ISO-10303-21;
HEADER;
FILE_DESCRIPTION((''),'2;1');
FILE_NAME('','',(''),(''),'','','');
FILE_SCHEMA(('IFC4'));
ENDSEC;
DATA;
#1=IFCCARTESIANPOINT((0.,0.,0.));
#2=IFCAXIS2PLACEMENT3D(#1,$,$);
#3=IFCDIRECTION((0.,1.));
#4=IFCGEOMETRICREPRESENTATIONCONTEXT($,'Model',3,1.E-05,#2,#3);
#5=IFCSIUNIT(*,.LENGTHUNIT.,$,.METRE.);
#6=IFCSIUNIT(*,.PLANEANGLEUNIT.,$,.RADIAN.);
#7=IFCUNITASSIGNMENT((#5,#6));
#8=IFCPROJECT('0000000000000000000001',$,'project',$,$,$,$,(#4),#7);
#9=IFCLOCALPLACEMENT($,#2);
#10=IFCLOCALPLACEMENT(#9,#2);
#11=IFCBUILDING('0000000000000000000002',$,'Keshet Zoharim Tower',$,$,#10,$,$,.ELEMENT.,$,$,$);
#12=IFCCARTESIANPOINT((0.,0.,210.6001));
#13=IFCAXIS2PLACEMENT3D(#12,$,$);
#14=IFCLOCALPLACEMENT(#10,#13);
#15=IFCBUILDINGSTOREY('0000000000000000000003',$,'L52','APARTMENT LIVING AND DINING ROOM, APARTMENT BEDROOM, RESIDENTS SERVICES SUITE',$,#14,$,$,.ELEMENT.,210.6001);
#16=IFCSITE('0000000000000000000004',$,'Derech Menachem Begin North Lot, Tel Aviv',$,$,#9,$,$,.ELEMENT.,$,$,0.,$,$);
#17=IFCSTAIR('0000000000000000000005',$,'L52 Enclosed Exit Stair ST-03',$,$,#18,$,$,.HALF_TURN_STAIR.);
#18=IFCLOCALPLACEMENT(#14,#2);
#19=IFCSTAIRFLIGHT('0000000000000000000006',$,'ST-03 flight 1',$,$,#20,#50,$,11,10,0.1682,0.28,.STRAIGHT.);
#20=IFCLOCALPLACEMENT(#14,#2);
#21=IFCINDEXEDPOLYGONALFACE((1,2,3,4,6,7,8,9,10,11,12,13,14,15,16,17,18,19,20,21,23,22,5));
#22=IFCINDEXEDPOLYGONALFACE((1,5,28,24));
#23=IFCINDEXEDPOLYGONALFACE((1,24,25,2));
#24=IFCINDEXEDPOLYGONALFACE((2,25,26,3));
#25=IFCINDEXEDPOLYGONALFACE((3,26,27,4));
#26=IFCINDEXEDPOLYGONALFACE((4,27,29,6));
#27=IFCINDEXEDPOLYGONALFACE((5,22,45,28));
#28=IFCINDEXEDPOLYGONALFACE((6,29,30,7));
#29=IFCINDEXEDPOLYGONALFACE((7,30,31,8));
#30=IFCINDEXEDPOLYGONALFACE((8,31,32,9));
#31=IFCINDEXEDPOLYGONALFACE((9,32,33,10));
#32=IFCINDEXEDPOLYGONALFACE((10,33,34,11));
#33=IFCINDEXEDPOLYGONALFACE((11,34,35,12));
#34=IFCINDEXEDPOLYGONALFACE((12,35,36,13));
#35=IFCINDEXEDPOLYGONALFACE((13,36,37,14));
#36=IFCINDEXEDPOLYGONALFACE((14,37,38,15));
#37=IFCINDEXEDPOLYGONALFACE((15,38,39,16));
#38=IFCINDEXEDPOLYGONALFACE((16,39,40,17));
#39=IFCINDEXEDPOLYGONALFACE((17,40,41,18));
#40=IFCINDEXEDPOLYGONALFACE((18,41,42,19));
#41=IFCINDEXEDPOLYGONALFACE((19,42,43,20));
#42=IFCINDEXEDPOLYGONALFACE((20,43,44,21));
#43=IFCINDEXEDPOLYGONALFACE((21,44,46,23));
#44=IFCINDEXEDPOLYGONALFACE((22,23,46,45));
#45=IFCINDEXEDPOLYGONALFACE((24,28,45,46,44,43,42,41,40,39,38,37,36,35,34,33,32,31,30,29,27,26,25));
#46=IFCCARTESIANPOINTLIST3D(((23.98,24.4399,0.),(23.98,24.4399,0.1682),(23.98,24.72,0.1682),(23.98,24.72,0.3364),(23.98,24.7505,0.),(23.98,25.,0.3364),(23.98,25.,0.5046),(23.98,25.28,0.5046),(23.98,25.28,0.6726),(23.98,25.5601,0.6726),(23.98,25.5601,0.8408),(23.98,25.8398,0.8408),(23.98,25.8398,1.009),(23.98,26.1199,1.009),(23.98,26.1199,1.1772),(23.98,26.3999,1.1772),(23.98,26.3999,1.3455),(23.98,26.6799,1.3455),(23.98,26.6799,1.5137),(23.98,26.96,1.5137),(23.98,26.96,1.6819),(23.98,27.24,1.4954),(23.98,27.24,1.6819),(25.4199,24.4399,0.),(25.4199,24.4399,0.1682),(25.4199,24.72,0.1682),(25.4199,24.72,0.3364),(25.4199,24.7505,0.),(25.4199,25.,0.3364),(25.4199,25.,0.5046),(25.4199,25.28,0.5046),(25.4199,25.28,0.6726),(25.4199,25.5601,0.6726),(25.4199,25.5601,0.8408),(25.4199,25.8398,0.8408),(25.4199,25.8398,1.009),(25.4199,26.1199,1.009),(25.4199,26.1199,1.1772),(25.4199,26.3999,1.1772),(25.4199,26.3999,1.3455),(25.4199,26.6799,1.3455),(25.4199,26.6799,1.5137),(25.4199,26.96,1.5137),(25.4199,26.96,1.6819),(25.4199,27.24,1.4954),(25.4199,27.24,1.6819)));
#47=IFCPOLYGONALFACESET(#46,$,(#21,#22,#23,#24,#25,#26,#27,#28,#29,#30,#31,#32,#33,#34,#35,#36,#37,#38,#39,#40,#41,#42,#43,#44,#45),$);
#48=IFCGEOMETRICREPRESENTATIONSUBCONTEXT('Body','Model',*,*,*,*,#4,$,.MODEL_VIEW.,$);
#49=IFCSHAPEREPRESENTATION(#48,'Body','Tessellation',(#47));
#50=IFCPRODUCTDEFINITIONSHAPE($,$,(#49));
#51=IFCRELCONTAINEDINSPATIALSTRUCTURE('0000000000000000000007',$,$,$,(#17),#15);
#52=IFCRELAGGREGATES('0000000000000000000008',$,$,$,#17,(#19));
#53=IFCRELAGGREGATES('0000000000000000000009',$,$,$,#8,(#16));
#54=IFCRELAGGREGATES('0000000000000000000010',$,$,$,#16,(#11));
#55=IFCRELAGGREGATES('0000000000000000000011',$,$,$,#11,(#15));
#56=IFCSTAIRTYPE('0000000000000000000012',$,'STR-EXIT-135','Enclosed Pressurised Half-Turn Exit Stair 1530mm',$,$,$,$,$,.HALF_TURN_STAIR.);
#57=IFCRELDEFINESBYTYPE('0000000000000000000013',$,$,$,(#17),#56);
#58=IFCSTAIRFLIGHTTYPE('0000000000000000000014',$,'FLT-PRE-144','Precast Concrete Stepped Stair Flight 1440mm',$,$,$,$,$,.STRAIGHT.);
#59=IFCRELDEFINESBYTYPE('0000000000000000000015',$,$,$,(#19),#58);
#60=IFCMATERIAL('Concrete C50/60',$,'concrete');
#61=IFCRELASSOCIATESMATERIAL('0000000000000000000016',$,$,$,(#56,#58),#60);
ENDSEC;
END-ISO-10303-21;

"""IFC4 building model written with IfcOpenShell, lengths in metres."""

from ifc_helpers import new_model, si_unit, direction, frame, origin, place, context, subcontext, project, spatial, polyline, outline, extrude, material, type_object, element, aggregate, save


model = new_model("IFC4")

# Units and contexts
model_context = context("Model", 3, precision=1e-05, world=origin(), true_north=direction((0.0, 1.0)))
body_context = subcontext(model_context, "Body", "Model", "MODEL_VIEW")
ifc_project = project(units=[si_unit("LENGTHUNIT", "METRE"), si_unit("PLANEANGLEUNIT", "RADIAN")], contexts=[model_context])

# Site, building, storey
site_placement = place(None, origin())
site = spatial("IfcSite", under=ifc_project, at=site_placement, Name="Derech Menachem Begin North Lot, Tel Aviv", CompositionType="ELEMENT", RefElevation=0.0)
building_placement = place(site_placement, origin())
building = spatial("IfcBuilding", under=site, at=building_placement, Name="Keshet Zoharim Tower", CompositionType="ELEMENT")
storey_placement = place(building_placement, frame((0.0, 0.0, 210.6001)))
storey = spatial("IfcBuildingStorey", under=building, at=storey_placement, Name="L52", Description="APARTMENT LIVING AND DINING ROOM, APARTMENT BEDROOM, RESIDENTS SERVICES SUITE", CompositionType="ELEMENT", Elevation=210.6001)

# Shared definitions
ifc_material_1 = material(Name="Concrete C50/60", Category="concrete")

# Stair, stair flight
stair_type = type_object("IfcStairType", Name="STR-EXIT-135", Description="Enclosed Pressurised Half-Turn Exit Stair 1530mm", PredefinedType="HALF_TURN_STAIR", material=ifc_material_1)
stair_1_placement = place(storey_placement, origin())
stair_1 = element("IfcStair", 1, at=stair_1_placement, inside=storey, type_object=stair_type, Name="L52 Enclosed Exit Stair ST-03", PredefinedType="HALF_TURN_STAIR")
stair_flight_type_1 = type_object("IfcStairFlightType", Name="FLT-PRE-144", Description="Precast Concrete Stepped Stair Flight 1440mm", PredefinedType="STRAIGHT", material=ifc_material_1)
stair_flight_1_placement = place(storey_placement, frame((24.7, 24.4399, 0.0), z_axis=(0.0, 0.0, 1.0), x_axis=(0.0, 1.0, 0.0)))
stair_flight_1 = element("IfcStairFlight", 2, at=stair_flight_1_placement, type_object=stair_flight_type_1, Name="ST-03 flight 1", NumberOfRisers=11, NumberOfTreads=10, PredefinedType="STRAIGHT", RiserHeight=0.1682, TreadLength=0.28, context=body_context, shape_type="SweptSolid", body=[
    extrude(outline(polyline([(0.0, 0.0), (0.0, 0.1682), (0.28, 0.1682), (0.28, 0.3364), (0.5601, 0.3364), (0.5601, 0.5046), (0.8401, 0.5046), (0.8401, 0.6726), (1.1201, 0.6726), (1.1201, 0.8408), (1.3999, 0.8408), (1.3999, 1.009), (1.6799, 1.009), (1.6799, 1.1772), (1.96, 1.1772), (1.96, 1.3455), (2.24, 1.3455), (2.24, 1.5137), (2.52, 1.5137), (2.52, 1.6819), (2.8, 1.6819), (2.8, 1.8501), (2.8, 1.4954), (0.3105, 0.0), (0.0, 0.0)])), frame((0.0, 0.72, 0.0), z_axis=(0.0, -1.0, 0.0), x_axis=(1.0, 0.0, 0.0)), (0.0, 0.0, 1.0), 1.4399),
])
aggregate(stair_1, [stair_flight_1])

save(model, "model.ifc")
